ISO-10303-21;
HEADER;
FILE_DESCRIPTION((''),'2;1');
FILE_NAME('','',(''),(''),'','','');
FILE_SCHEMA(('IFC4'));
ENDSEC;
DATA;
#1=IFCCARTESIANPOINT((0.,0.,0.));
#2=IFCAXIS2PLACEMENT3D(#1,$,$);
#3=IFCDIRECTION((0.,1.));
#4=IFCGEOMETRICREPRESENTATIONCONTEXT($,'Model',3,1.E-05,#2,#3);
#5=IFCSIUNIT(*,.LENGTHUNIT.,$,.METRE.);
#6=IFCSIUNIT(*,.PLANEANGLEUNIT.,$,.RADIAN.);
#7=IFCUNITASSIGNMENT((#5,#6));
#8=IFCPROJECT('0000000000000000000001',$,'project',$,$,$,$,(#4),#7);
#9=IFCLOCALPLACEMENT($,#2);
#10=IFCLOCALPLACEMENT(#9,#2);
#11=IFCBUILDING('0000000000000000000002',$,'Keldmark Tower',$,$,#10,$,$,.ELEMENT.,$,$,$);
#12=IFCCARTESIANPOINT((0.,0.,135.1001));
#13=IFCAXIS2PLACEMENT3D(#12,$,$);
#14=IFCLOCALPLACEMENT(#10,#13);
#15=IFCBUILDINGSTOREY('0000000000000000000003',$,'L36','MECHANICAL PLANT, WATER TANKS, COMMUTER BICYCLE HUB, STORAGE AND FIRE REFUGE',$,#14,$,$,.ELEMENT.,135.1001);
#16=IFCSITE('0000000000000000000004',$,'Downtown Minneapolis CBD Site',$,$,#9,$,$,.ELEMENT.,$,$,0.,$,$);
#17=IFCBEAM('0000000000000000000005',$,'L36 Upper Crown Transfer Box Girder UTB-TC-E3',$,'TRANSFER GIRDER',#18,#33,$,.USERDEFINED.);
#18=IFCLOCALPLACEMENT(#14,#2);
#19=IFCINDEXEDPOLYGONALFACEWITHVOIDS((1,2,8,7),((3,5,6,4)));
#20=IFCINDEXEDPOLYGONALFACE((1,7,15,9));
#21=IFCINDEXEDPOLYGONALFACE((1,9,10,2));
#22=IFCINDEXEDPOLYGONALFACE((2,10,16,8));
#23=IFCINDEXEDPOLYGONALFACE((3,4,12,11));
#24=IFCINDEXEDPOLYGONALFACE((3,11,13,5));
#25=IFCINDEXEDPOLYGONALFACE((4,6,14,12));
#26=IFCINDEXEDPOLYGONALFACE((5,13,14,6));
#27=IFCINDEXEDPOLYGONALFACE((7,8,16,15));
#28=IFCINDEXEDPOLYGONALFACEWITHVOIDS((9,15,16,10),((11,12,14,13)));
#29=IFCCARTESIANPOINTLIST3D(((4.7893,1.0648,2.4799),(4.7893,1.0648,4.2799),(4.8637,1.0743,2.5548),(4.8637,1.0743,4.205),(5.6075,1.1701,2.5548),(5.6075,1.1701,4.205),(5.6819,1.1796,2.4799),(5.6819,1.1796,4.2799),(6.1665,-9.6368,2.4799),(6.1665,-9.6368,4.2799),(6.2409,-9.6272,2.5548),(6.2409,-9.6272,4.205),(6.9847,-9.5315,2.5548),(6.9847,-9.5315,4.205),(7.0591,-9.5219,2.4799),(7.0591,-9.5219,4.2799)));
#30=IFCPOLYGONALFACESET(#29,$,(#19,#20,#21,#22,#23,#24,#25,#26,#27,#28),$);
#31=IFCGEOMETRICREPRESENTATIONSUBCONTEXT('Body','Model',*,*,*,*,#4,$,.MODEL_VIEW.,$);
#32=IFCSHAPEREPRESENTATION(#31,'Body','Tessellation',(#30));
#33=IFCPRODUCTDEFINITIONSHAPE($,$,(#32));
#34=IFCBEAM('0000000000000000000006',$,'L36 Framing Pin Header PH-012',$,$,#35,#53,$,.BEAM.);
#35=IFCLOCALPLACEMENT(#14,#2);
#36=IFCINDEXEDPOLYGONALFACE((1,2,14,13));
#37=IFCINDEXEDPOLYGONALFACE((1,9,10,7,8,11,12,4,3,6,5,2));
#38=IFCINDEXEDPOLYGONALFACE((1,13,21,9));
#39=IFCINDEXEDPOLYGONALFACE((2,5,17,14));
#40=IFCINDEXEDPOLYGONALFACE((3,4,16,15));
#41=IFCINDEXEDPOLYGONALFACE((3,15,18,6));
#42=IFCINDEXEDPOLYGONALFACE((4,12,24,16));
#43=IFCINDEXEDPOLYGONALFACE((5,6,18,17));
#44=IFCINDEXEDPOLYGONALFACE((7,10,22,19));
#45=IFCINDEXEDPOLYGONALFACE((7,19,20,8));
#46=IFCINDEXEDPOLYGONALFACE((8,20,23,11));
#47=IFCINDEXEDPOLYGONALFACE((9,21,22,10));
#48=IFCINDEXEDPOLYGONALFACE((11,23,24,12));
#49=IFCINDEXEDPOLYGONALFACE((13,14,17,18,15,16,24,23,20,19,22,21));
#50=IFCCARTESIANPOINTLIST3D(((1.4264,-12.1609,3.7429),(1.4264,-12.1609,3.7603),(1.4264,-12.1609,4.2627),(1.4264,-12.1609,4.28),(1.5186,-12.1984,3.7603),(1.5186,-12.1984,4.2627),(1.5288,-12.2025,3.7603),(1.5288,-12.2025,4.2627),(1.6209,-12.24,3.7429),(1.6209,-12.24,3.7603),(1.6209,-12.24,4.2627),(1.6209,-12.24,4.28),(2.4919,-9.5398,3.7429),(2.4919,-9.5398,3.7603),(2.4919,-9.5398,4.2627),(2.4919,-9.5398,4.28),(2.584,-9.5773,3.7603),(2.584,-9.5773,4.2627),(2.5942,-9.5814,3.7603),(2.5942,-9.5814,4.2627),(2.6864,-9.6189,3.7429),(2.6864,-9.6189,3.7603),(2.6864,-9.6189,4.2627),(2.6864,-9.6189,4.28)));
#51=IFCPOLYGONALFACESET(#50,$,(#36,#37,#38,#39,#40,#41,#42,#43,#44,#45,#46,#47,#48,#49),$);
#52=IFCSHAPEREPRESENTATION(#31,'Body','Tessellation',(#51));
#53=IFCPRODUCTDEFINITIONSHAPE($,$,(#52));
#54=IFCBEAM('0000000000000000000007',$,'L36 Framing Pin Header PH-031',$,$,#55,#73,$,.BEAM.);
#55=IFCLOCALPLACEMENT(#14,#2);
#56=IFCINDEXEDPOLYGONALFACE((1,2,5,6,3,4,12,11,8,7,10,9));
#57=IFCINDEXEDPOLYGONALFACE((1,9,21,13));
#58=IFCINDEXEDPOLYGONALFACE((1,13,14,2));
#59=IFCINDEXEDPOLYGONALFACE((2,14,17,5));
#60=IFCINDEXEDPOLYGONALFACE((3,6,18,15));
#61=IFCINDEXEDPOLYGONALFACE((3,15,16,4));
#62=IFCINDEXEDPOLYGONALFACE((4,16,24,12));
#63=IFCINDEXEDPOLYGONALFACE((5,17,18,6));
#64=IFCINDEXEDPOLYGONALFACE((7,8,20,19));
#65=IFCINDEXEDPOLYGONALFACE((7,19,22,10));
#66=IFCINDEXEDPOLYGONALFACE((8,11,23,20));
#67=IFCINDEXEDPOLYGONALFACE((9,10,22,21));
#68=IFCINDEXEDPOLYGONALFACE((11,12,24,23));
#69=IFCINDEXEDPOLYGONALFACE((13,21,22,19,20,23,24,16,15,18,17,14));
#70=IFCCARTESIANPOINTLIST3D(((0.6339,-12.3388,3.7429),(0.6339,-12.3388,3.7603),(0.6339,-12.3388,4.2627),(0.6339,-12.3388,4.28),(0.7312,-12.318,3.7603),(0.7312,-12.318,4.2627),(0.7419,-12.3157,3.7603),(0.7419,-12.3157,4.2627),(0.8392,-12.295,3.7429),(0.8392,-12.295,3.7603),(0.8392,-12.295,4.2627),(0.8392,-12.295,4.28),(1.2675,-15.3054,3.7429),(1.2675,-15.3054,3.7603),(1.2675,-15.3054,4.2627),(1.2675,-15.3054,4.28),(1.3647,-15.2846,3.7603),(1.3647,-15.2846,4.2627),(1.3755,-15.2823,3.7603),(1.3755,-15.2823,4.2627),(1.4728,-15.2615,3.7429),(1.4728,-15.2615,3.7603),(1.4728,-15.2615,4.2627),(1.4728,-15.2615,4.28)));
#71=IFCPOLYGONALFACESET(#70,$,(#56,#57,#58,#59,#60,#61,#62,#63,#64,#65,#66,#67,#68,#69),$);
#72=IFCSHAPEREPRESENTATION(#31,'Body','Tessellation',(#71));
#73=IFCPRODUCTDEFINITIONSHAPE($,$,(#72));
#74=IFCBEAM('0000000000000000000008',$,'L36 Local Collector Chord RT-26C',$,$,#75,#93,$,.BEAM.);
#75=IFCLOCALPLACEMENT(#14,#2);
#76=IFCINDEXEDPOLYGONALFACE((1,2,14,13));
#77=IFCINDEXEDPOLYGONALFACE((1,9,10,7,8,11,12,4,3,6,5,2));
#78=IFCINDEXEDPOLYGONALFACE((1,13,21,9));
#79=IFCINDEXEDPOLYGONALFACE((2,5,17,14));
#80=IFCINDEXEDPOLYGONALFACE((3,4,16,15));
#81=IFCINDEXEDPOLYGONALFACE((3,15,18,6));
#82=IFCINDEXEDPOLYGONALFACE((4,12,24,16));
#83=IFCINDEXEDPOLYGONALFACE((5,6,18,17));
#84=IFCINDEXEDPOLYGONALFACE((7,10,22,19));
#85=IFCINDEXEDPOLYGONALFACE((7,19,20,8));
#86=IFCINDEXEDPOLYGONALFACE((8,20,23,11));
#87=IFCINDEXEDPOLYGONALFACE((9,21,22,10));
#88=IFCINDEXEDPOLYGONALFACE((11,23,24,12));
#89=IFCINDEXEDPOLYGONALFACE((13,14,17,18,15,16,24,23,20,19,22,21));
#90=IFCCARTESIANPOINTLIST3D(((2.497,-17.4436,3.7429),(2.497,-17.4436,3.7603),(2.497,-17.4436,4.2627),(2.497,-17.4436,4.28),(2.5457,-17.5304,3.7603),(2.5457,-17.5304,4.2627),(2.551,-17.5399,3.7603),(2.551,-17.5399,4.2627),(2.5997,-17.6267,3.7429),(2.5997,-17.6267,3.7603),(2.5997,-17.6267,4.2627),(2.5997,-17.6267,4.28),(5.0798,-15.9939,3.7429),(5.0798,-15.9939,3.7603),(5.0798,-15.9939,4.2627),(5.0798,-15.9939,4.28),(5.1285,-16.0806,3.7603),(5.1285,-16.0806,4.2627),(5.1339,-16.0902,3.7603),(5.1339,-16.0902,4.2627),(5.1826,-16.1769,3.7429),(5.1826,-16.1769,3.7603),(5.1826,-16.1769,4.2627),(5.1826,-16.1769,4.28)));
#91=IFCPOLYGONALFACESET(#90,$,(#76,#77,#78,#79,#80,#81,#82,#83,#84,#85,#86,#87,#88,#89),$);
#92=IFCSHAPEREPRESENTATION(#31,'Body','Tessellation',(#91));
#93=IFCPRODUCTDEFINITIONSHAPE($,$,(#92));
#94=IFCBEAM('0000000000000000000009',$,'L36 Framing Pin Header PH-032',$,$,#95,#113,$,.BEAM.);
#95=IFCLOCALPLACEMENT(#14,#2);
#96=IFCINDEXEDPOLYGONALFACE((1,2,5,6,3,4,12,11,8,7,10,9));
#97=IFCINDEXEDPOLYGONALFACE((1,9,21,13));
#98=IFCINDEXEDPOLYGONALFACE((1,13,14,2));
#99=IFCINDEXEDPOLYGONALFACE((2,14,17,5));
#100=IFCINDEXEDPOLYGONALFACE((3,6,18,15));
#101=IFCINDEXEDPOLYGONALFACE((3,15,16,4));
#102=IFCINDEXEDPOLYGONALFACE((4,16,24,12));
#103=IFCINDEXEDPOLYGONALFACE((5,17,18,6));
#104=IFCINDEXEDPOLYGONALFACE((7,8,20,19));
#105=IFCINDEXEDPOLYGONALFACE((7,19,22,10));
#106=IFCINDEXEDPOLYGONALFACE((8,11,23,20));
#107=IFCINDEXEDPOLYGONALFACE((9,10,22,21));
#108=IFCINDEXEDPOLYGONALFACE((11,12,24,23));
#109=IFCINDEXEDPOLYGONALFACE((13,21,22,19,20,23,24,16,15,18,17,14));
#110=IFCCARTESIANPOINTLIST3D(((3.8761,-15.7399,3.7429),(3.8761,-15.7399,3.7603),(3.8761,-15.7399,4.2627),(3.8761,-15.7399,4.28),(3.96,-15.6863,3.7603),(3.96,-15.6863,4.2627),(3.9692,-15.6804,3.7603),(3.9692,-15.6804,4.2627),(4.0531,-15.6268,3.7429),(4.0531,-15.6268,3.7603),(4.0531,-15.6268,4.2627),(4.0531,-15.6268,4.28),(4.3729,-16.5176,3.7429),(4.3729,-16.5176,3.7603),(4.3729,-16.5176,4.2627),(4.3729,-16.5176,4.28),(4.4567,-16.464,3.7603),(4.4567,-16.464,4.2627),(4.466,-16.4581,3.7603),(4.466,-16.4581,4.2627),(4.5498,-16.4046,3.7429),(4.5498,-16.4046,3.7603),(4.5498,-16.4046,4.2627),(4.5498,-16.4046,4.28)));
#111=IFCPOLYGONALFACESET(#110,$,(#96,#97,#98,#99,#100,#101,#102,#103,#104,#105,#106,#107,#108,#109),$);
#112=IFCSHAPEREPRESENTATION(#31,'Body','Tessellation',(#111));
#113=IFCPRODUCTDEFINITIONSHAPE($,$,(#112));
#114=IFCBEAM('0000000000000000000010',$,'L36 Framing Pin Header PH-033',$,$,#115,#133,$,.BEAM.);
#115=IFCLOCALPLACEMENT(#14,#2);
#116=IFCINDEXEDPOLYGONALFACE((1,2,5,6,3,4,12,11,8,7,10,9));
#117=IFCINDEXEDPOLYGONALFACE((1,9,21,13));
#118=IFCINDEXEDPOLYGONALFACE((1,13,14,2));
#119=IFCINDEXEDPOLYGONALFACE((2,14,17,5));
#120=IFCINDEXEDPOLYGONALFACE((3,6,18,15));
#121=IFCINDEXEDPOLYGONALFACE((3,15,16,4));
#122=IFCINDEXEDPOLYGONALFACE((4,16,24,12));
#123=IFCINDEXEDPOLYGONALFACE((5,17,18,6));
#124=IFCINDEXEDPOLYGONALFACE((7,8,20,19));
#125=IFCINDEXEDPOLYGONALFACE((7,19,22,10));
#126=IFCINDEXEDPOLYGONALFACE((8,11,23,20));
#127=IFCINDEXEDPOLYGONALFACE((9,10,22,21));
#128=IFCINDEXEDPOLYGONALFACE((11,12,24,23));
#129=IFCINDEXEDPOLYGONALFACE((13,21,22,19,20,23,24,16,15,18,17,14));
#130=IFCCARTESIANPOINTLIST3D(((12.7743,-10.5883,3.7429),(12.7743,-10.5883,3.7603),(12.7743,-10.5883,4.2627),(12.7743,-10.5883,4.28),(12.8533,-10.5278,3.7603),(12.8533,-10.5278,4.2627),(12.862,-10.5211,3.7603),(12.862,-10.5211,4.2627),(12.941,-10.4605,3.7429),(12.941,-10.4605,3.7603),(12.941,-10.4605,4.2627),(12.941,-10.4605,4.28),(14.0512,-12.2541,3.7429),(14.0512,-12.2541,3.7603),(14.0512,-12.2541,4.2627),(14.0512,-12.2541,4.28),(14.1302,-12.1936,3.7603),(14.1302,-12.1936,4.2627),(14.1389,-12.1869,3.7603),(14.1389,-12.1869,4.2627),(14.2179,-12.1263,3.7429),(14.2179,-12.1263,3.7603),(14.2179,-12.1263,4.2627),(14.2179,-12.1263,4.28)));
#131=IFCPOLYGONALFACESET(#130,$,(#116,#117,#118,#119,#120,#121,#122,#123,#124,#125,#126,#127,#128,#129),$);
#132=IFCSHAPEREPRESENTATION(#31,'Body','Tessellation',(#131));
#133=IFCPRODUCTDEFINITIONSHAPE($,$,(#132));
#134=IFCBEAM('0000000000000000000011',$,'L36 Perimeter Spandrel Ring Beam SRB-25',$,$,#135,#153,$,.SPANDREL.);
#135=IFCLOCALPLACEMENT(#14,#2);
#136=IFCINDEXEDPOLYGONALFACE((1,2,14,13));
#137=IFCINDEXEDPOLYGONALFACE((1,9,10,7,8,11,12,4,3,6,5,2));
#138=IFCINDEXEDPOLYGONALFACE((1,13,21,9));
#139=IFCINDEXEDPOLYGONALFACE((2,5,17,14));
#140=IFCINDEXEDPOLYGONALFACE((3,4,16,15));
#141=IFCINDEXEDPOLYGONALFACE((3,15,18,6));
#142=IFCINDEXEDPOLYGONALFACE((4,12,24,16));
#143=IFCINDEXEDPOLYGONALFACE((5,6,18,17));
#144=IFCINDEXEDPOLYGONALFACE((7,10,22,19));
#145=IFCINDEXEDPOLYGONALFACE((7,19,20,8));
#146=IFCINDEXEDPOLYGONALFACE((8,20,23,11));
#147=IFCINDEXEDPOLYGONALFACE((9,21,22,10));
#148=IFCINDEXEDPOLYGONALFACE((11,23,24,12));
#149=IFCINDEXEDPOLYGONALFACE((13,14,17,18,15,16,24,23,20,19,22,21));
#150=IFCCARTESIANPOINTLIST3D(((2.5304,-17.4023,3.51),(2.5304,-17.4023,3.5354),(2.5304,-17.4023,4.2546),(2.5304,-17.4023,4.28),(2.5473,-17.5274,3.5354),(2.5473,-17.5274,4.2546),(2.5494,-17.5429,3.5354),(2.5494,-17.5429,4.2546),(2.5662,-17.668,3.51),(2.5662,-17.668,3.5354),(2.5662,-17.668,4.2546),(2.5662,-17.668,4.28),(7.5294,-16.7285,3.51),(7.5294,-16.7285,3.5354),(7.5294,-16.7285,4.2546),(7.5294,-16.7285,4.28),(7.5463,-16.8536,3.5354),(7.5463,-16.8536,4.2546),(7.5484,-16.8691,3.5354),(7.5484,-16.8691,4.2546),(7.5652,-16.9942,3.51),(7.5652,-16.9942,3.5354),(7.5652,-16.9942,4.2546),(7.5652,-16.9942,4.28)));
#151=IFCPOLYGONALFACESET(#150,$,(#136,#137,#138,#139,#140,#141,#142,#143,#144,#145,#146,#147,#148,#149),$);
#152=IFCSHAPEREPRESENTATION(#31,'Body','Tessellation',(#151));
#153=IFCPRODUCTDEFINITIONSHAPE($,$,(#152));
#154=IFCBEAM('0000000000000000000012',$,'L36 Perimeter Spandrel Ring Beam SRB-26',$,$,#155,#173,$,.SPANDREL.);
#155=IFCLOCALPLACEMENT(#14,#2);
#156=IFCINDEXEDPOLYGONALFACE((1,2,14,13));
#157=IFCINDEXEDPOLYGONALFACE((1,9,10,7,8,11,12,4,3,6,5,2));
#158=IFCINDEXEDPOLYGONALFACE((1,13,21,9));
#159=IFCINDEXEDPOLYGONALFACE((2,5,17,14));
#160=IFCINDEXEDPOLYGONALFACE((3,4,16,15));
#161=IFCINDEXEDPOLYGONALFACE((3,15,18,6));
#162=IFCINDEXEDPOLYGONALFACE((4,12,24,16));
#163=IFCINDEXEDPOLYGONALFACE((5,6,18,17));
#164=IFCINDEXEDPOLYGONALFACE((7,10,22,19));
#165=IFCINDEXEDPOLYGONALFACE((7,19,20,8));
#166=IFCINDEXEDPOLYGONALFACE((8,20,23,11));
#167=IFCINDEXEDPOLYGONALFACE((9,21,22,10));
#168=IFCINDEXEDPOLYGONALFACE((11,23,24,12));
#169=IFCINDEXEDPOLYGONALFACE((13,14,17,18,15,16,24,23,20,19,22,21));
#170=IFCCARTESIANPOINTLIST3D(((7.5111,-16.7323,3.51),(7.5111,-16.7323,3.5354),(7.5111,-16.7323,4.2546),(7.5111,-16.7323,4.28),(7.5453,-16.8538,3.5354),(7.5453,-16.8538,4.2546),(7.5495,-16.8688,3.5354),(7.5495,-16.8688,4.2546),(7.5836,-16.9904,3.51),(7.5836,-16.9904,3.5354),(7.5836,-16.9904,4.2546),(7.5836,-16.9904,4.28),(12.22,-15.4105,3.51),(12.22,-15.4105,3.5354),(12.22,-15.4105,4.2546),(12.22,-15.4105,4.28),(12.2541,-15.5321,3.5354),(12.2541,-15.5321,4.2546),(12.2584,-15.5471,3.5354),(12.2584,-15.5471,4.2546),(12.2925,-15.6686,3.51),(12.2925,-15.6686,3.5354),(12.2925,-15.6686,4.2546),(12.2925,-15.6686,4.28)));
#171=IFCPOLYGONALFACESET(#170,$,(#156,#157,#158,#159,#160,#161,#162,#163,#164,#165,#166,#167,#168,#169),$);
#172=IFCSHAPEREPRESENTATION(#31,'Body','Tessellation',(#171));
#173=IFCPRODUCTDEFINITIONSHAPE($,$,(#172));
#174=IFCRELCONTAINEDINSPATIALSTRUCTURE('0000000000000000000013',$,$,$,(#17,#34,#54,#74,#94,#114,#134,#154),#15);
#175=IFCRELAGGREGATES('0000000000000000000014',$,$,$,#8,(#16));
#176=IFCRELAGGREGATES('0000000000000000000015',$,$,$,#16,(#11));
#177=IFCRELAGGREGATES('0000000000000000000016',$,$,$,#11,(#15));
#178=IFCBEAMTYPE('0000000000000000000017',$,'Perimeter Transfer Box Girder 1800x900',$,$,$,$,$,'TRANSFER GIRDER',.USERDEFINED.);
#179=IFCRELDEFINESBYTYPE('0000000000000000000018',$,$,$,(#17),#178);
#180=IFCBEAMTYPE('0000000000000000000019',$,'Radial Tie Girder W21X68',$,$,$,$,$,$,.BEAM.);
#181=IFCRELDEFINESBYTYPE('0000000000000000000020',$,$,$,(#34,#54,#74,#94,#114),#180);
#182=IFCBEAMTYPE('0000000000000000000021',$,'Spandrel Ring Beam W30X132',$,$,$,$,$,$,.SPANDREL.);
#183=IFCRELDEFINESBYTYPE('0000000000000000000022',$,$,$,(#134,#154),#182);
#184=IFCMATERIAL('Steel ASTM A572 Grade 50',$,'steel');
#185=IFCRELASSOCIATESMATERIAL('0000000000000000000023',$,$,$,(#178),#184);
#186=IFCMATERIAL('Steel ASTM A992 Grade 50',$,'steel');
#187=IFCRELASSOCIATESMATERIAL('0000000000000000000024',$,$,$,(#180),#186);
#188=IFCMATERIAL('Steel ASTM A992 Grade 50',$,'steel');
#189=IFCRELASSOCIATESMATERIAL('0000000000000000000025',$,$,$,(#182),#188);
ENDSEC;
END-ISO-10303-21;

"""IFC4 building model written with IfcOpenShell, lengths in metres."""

from ifc_helpers import new_model, si_unit, direction, frame, origin, origin_2d, place, context, subcontext, project, spatial, hollow_rectangle, i_section, extrude, material, material_profile, profile_set, type_object, element, save


model = new_model("IFC4")

# Units and contexts
model_context = context("Model", 3, precision=1e-05, world=origin(), true_north=direction((0.0, 1.0)))
body_context = subcontext(model_context, "Body", "Model", "MODEL_VIEW")
ifc_project = project(units=[si_unit("LENGTHUNIT", "METRE"), si_unit("PLANEANGLEUNIT", "RADIAN")], contexts=[model_context])

# Site, building, storey
site_placement = place(None, origin())
site = spatial("IfcSite", under=ifc_project, at=site_placement, Name="Downtown Minneapolis CBD Site", CompositionType="ELEMENT", RefElevation=0.0)
building_placement = place(site_placement, origin())
building = spatial("IfcBuilding", under=site, at=building_placement, Name="Keldmark Tower", CompositionType="ELEMENT")
storey_placement = place(building_placement, frame((0.0, 0.0, 135.1001)))
storey = spatial("IfcBuildingStorey", under=building, at=storey_placement, Name="L36", Description="MECHANICAL PLANT, WATER TANKS, COMMUTER BICYCLE HUB, STORAGE AND FIRE REFUGE", CompositionType="ELEMENT", Elevation=135.1001)

# Beams
ifc_material_1 = material(Name="Steel ASTM A572 Grade 50", Category="steel")
ifc_material_profile_1 = material_profile(ifc_material_1, hollow_rectangle(XDim=0.8999, YDim=1.8, WallThickness=0.075, at=origin_2d()), Name="TBOX1800X900X75")
ifc_profile_set_1 = profile_set([ifc_material_profile_1], Name="Steel ASTM A572 Grade 50")
beam_type_1 = type_object("IfcBeamType", Name="Perimeter Transfer Box Girder 1800x900", ElementType="TRANSFER GIRDER", PredefinedType="USERDEFINED", material=ifc_profile_set_1)
beam_1_placement = place(storey_placement, frame((6.6128, -9.5793, 3.3799), z_axis=(-0.127637, 0.991821, 0.0), x_axis=(-0.991821, -0.127637, 0.0)))
element("IfcBeam", 1, at=beam_1_placement, inside=storey, type_object=beam_type_1, Name="L36 Upper Crown Transfer Box Girder UTB-TC-E3", ObjectType="TRANSFER GIRDER", PredefinedType="USERDEFINED", context=body_context, shape_type="SweptSolid", body=[
    extrude(hollow_rectangle(XDim=0.8999, YDim=1.8, WallThickness=0.075, at=origin_2d()), origin(), (0.0, 0.0, 1.0), 10.7898),
])
ifc_material_2 = material(Name="Steel ASTM A992 Grade 50", Category="steel")
ifc_material_profile_2 = material_profile(ifc_material_2, i_section(OverallWidth=0.21, OverallDepth=0.5371, WebThickness=0.011, FlangeThickness=0.0173, at=origin_2d()), Name="W21X68")
ifc_profile_set_2 = profile_set([ifc_material_profile_2], Name="Steel ASTM A992 Grade 50")
beam_type_2 = type_object("IfcBeamType", Name="Radial Tie Girder W21X68", PredefinedType="BEAM", material=ifc_profile_set_2)
beam_2_placement = place(storey_placement, frame((2.5891, -9.5793, 4.0115), z_axis=(-0.376562, -0.926391, 0.0), x_axis=(0.926391, -0.376562, 0.0)))
element("IfcBeam", 2, at=beam_2_placement, inside=storey, type_object=beam_type_2, Name="L36 Framing Pin Header PH-012", PredefinedType="BEAM", context=body_context, shape_type="SweptSolid", body=[
    extrude(i_section(OverallWidth=0.21, OverallDepth=0.5371, WebThickness=0.011, FlangeThickness=0.0173, at=origin_2d()), origin(), (0.0, 0.0, 1.0), 2.8293),
])
beam_3_placement = place(storey_placement, frame((0.7366, -12.3169, 4.0115), z_axis=(0.208853, -0.977947, 0.0), x_axis=(0.977947, 0.208853, 0.0)))
element("IfcBeam", 3, at=beam_3_placement, inside=storey, type_object=beam_type_2, Name="L36 Framing Pin Header PH-031", PredefinedType="BEAM", context=body_context, shape_type="SweptSolid", body=[
    extrude(i_section(OverallWidth=0.21, OverallDepth=0.5371, WebThickness=0.011, FlangeThickness=0.0173, at=origin_2d()), origin(), (0.0, 0.0, 1.0), 3.0334),
])
beam_4_placement = place(storey_placement, frame((2.5483, -17.5352, 4.0115), z_axis=(0.872022, 0.489467, 0.0), x_axis=(-0.489467, 0.872022, 0.0)))
element("IfcBeam", 4, at=beam_4_placement, inside=storey, type_object=beam_type_2, Name="L36 Local Collector Chord RT-26C", PredefinedType="BEAM", context=body_context, shape_type="SweptSolid", body=[
    extrude(i_section(OverallWidth=0.21, OverallDepth=0.5371, WebThickness=0.011, FlangeThickness=0.0173, at=origin_2d()), origin(), (0.0, 0.0, 1.0), 2.9619),
])
beam_5_placement = place(storey_placement, frame((3.9646, -15.6833, 4.0115), z_axis=(0.538295, -0.842756, 0.0), x_axis=(0.842756, 0.538295, 0.0)))
element("IfcBeam", 5, at=beam_5_placement, inside=storey, type_object=beam_type_2, Name="L36 Framing Pin Header PH-032", PredefinedType="BEAM", context=body_context, shape_type="SweptSolid", body=[
    extrude(i_section(OverallWidth=0.21, OverallDepth=0.5371, WebThickness=0.011, FlangeThickness=0.0173, at=origin_2d()), origin(), (0.0, 0.0, 1.0), 0.9229),
])
beam_6_placement = place(storey_placement, frame((12.8577, -10.5244, 4.0115), z_axis=(0.608361, -0.793661, 0.0), x_axis=(0.793661, 0.608361, 0.0)))
element("IfcBeam", 6, at=beam_6_placement, inside=storey, type_object=beam_type_2, Name="L36 Framing Pin Header PH-033", PredefinedType="BEAM", context=body_context, shape_type="SweptSolid", body=[
    extrude(i_section(OverallWidth=0.21, OverallDepth=0.5371, WebThickness=0.011, FlangeThickness=0.0173, at=origin_2d()), origin(), (0.0, 0.0, 1.0), 2.0989),
])
ifc_material_3 = material(Name="Steel ASTM A992 Grade 50", Category="steel")
ifc_material_profile_3 = material_profile(ifc_material_3, i_section(OverallWidth=0.2681, OverallDepth=0.77, WebThickness=0.0156, FlangeThickness=0.0254, at=origin_2d()), Name="W30X132")
ifc_profile_set_3 = profile_set([ifc_material_profile_3], Name="Steel ASTM A992 Grade 50")
beam_type_3 = type_object("IfcBeamType", Name="Spandrel Ring Beam W30X132", PredefinedType="SPANDREL", material=ifc_profile_set_3)
beam_7_placement = place(storey_placement, frame((2.5483, -17.5352, 3.895), z_axis=(0.991038, 0.133584, 0.0), x_axis=(-0.133584, 0.991038, 0.0)))
element("IfcBeam", 7, at=beam_7_placement, inside=storey, type_object=beam_type_3, Name="L36 Perimeter Spandrel Ring Beam SRB-25", PredefinedType="SPANDREL", context=body_context, shape_type="SweptSolid", body=[
    extrude(i_section(OverallWidth=0.2681, OverallDepth=0.77, WebThickness=0.0156, FlangeThickness=0.0254, at=origin_2d()), origin(), (0.0, 0.0, 1.0), 5.0442),
])
beam_8_placement = place(storey_placement, frame((7.5474, -16.8613, 3.895), z_axis=(0.962791, 0.270248, 0.0), x_axis=(-0.270248, 0.962791, 0.0)))
element("IfcBeam", 8, at=beam_8_placement, inside=storey, type_object=beam_type_3, Name="L36 Perimeter Spandrel Ring Beam SRB-26", PredefinedType="SPANDREL", context=body_context, shape_type="SweptSolid", body=[
    extrude(i_section(OverallWidth=0.2681, OverallDepth=0.77, WebThickness=0.0156, FlangeThickness=0.0254, at=origin_2d()), origin(), (0.0, 0.0, 1.0), 4.8909),
])

save(model, "model.ifc")
